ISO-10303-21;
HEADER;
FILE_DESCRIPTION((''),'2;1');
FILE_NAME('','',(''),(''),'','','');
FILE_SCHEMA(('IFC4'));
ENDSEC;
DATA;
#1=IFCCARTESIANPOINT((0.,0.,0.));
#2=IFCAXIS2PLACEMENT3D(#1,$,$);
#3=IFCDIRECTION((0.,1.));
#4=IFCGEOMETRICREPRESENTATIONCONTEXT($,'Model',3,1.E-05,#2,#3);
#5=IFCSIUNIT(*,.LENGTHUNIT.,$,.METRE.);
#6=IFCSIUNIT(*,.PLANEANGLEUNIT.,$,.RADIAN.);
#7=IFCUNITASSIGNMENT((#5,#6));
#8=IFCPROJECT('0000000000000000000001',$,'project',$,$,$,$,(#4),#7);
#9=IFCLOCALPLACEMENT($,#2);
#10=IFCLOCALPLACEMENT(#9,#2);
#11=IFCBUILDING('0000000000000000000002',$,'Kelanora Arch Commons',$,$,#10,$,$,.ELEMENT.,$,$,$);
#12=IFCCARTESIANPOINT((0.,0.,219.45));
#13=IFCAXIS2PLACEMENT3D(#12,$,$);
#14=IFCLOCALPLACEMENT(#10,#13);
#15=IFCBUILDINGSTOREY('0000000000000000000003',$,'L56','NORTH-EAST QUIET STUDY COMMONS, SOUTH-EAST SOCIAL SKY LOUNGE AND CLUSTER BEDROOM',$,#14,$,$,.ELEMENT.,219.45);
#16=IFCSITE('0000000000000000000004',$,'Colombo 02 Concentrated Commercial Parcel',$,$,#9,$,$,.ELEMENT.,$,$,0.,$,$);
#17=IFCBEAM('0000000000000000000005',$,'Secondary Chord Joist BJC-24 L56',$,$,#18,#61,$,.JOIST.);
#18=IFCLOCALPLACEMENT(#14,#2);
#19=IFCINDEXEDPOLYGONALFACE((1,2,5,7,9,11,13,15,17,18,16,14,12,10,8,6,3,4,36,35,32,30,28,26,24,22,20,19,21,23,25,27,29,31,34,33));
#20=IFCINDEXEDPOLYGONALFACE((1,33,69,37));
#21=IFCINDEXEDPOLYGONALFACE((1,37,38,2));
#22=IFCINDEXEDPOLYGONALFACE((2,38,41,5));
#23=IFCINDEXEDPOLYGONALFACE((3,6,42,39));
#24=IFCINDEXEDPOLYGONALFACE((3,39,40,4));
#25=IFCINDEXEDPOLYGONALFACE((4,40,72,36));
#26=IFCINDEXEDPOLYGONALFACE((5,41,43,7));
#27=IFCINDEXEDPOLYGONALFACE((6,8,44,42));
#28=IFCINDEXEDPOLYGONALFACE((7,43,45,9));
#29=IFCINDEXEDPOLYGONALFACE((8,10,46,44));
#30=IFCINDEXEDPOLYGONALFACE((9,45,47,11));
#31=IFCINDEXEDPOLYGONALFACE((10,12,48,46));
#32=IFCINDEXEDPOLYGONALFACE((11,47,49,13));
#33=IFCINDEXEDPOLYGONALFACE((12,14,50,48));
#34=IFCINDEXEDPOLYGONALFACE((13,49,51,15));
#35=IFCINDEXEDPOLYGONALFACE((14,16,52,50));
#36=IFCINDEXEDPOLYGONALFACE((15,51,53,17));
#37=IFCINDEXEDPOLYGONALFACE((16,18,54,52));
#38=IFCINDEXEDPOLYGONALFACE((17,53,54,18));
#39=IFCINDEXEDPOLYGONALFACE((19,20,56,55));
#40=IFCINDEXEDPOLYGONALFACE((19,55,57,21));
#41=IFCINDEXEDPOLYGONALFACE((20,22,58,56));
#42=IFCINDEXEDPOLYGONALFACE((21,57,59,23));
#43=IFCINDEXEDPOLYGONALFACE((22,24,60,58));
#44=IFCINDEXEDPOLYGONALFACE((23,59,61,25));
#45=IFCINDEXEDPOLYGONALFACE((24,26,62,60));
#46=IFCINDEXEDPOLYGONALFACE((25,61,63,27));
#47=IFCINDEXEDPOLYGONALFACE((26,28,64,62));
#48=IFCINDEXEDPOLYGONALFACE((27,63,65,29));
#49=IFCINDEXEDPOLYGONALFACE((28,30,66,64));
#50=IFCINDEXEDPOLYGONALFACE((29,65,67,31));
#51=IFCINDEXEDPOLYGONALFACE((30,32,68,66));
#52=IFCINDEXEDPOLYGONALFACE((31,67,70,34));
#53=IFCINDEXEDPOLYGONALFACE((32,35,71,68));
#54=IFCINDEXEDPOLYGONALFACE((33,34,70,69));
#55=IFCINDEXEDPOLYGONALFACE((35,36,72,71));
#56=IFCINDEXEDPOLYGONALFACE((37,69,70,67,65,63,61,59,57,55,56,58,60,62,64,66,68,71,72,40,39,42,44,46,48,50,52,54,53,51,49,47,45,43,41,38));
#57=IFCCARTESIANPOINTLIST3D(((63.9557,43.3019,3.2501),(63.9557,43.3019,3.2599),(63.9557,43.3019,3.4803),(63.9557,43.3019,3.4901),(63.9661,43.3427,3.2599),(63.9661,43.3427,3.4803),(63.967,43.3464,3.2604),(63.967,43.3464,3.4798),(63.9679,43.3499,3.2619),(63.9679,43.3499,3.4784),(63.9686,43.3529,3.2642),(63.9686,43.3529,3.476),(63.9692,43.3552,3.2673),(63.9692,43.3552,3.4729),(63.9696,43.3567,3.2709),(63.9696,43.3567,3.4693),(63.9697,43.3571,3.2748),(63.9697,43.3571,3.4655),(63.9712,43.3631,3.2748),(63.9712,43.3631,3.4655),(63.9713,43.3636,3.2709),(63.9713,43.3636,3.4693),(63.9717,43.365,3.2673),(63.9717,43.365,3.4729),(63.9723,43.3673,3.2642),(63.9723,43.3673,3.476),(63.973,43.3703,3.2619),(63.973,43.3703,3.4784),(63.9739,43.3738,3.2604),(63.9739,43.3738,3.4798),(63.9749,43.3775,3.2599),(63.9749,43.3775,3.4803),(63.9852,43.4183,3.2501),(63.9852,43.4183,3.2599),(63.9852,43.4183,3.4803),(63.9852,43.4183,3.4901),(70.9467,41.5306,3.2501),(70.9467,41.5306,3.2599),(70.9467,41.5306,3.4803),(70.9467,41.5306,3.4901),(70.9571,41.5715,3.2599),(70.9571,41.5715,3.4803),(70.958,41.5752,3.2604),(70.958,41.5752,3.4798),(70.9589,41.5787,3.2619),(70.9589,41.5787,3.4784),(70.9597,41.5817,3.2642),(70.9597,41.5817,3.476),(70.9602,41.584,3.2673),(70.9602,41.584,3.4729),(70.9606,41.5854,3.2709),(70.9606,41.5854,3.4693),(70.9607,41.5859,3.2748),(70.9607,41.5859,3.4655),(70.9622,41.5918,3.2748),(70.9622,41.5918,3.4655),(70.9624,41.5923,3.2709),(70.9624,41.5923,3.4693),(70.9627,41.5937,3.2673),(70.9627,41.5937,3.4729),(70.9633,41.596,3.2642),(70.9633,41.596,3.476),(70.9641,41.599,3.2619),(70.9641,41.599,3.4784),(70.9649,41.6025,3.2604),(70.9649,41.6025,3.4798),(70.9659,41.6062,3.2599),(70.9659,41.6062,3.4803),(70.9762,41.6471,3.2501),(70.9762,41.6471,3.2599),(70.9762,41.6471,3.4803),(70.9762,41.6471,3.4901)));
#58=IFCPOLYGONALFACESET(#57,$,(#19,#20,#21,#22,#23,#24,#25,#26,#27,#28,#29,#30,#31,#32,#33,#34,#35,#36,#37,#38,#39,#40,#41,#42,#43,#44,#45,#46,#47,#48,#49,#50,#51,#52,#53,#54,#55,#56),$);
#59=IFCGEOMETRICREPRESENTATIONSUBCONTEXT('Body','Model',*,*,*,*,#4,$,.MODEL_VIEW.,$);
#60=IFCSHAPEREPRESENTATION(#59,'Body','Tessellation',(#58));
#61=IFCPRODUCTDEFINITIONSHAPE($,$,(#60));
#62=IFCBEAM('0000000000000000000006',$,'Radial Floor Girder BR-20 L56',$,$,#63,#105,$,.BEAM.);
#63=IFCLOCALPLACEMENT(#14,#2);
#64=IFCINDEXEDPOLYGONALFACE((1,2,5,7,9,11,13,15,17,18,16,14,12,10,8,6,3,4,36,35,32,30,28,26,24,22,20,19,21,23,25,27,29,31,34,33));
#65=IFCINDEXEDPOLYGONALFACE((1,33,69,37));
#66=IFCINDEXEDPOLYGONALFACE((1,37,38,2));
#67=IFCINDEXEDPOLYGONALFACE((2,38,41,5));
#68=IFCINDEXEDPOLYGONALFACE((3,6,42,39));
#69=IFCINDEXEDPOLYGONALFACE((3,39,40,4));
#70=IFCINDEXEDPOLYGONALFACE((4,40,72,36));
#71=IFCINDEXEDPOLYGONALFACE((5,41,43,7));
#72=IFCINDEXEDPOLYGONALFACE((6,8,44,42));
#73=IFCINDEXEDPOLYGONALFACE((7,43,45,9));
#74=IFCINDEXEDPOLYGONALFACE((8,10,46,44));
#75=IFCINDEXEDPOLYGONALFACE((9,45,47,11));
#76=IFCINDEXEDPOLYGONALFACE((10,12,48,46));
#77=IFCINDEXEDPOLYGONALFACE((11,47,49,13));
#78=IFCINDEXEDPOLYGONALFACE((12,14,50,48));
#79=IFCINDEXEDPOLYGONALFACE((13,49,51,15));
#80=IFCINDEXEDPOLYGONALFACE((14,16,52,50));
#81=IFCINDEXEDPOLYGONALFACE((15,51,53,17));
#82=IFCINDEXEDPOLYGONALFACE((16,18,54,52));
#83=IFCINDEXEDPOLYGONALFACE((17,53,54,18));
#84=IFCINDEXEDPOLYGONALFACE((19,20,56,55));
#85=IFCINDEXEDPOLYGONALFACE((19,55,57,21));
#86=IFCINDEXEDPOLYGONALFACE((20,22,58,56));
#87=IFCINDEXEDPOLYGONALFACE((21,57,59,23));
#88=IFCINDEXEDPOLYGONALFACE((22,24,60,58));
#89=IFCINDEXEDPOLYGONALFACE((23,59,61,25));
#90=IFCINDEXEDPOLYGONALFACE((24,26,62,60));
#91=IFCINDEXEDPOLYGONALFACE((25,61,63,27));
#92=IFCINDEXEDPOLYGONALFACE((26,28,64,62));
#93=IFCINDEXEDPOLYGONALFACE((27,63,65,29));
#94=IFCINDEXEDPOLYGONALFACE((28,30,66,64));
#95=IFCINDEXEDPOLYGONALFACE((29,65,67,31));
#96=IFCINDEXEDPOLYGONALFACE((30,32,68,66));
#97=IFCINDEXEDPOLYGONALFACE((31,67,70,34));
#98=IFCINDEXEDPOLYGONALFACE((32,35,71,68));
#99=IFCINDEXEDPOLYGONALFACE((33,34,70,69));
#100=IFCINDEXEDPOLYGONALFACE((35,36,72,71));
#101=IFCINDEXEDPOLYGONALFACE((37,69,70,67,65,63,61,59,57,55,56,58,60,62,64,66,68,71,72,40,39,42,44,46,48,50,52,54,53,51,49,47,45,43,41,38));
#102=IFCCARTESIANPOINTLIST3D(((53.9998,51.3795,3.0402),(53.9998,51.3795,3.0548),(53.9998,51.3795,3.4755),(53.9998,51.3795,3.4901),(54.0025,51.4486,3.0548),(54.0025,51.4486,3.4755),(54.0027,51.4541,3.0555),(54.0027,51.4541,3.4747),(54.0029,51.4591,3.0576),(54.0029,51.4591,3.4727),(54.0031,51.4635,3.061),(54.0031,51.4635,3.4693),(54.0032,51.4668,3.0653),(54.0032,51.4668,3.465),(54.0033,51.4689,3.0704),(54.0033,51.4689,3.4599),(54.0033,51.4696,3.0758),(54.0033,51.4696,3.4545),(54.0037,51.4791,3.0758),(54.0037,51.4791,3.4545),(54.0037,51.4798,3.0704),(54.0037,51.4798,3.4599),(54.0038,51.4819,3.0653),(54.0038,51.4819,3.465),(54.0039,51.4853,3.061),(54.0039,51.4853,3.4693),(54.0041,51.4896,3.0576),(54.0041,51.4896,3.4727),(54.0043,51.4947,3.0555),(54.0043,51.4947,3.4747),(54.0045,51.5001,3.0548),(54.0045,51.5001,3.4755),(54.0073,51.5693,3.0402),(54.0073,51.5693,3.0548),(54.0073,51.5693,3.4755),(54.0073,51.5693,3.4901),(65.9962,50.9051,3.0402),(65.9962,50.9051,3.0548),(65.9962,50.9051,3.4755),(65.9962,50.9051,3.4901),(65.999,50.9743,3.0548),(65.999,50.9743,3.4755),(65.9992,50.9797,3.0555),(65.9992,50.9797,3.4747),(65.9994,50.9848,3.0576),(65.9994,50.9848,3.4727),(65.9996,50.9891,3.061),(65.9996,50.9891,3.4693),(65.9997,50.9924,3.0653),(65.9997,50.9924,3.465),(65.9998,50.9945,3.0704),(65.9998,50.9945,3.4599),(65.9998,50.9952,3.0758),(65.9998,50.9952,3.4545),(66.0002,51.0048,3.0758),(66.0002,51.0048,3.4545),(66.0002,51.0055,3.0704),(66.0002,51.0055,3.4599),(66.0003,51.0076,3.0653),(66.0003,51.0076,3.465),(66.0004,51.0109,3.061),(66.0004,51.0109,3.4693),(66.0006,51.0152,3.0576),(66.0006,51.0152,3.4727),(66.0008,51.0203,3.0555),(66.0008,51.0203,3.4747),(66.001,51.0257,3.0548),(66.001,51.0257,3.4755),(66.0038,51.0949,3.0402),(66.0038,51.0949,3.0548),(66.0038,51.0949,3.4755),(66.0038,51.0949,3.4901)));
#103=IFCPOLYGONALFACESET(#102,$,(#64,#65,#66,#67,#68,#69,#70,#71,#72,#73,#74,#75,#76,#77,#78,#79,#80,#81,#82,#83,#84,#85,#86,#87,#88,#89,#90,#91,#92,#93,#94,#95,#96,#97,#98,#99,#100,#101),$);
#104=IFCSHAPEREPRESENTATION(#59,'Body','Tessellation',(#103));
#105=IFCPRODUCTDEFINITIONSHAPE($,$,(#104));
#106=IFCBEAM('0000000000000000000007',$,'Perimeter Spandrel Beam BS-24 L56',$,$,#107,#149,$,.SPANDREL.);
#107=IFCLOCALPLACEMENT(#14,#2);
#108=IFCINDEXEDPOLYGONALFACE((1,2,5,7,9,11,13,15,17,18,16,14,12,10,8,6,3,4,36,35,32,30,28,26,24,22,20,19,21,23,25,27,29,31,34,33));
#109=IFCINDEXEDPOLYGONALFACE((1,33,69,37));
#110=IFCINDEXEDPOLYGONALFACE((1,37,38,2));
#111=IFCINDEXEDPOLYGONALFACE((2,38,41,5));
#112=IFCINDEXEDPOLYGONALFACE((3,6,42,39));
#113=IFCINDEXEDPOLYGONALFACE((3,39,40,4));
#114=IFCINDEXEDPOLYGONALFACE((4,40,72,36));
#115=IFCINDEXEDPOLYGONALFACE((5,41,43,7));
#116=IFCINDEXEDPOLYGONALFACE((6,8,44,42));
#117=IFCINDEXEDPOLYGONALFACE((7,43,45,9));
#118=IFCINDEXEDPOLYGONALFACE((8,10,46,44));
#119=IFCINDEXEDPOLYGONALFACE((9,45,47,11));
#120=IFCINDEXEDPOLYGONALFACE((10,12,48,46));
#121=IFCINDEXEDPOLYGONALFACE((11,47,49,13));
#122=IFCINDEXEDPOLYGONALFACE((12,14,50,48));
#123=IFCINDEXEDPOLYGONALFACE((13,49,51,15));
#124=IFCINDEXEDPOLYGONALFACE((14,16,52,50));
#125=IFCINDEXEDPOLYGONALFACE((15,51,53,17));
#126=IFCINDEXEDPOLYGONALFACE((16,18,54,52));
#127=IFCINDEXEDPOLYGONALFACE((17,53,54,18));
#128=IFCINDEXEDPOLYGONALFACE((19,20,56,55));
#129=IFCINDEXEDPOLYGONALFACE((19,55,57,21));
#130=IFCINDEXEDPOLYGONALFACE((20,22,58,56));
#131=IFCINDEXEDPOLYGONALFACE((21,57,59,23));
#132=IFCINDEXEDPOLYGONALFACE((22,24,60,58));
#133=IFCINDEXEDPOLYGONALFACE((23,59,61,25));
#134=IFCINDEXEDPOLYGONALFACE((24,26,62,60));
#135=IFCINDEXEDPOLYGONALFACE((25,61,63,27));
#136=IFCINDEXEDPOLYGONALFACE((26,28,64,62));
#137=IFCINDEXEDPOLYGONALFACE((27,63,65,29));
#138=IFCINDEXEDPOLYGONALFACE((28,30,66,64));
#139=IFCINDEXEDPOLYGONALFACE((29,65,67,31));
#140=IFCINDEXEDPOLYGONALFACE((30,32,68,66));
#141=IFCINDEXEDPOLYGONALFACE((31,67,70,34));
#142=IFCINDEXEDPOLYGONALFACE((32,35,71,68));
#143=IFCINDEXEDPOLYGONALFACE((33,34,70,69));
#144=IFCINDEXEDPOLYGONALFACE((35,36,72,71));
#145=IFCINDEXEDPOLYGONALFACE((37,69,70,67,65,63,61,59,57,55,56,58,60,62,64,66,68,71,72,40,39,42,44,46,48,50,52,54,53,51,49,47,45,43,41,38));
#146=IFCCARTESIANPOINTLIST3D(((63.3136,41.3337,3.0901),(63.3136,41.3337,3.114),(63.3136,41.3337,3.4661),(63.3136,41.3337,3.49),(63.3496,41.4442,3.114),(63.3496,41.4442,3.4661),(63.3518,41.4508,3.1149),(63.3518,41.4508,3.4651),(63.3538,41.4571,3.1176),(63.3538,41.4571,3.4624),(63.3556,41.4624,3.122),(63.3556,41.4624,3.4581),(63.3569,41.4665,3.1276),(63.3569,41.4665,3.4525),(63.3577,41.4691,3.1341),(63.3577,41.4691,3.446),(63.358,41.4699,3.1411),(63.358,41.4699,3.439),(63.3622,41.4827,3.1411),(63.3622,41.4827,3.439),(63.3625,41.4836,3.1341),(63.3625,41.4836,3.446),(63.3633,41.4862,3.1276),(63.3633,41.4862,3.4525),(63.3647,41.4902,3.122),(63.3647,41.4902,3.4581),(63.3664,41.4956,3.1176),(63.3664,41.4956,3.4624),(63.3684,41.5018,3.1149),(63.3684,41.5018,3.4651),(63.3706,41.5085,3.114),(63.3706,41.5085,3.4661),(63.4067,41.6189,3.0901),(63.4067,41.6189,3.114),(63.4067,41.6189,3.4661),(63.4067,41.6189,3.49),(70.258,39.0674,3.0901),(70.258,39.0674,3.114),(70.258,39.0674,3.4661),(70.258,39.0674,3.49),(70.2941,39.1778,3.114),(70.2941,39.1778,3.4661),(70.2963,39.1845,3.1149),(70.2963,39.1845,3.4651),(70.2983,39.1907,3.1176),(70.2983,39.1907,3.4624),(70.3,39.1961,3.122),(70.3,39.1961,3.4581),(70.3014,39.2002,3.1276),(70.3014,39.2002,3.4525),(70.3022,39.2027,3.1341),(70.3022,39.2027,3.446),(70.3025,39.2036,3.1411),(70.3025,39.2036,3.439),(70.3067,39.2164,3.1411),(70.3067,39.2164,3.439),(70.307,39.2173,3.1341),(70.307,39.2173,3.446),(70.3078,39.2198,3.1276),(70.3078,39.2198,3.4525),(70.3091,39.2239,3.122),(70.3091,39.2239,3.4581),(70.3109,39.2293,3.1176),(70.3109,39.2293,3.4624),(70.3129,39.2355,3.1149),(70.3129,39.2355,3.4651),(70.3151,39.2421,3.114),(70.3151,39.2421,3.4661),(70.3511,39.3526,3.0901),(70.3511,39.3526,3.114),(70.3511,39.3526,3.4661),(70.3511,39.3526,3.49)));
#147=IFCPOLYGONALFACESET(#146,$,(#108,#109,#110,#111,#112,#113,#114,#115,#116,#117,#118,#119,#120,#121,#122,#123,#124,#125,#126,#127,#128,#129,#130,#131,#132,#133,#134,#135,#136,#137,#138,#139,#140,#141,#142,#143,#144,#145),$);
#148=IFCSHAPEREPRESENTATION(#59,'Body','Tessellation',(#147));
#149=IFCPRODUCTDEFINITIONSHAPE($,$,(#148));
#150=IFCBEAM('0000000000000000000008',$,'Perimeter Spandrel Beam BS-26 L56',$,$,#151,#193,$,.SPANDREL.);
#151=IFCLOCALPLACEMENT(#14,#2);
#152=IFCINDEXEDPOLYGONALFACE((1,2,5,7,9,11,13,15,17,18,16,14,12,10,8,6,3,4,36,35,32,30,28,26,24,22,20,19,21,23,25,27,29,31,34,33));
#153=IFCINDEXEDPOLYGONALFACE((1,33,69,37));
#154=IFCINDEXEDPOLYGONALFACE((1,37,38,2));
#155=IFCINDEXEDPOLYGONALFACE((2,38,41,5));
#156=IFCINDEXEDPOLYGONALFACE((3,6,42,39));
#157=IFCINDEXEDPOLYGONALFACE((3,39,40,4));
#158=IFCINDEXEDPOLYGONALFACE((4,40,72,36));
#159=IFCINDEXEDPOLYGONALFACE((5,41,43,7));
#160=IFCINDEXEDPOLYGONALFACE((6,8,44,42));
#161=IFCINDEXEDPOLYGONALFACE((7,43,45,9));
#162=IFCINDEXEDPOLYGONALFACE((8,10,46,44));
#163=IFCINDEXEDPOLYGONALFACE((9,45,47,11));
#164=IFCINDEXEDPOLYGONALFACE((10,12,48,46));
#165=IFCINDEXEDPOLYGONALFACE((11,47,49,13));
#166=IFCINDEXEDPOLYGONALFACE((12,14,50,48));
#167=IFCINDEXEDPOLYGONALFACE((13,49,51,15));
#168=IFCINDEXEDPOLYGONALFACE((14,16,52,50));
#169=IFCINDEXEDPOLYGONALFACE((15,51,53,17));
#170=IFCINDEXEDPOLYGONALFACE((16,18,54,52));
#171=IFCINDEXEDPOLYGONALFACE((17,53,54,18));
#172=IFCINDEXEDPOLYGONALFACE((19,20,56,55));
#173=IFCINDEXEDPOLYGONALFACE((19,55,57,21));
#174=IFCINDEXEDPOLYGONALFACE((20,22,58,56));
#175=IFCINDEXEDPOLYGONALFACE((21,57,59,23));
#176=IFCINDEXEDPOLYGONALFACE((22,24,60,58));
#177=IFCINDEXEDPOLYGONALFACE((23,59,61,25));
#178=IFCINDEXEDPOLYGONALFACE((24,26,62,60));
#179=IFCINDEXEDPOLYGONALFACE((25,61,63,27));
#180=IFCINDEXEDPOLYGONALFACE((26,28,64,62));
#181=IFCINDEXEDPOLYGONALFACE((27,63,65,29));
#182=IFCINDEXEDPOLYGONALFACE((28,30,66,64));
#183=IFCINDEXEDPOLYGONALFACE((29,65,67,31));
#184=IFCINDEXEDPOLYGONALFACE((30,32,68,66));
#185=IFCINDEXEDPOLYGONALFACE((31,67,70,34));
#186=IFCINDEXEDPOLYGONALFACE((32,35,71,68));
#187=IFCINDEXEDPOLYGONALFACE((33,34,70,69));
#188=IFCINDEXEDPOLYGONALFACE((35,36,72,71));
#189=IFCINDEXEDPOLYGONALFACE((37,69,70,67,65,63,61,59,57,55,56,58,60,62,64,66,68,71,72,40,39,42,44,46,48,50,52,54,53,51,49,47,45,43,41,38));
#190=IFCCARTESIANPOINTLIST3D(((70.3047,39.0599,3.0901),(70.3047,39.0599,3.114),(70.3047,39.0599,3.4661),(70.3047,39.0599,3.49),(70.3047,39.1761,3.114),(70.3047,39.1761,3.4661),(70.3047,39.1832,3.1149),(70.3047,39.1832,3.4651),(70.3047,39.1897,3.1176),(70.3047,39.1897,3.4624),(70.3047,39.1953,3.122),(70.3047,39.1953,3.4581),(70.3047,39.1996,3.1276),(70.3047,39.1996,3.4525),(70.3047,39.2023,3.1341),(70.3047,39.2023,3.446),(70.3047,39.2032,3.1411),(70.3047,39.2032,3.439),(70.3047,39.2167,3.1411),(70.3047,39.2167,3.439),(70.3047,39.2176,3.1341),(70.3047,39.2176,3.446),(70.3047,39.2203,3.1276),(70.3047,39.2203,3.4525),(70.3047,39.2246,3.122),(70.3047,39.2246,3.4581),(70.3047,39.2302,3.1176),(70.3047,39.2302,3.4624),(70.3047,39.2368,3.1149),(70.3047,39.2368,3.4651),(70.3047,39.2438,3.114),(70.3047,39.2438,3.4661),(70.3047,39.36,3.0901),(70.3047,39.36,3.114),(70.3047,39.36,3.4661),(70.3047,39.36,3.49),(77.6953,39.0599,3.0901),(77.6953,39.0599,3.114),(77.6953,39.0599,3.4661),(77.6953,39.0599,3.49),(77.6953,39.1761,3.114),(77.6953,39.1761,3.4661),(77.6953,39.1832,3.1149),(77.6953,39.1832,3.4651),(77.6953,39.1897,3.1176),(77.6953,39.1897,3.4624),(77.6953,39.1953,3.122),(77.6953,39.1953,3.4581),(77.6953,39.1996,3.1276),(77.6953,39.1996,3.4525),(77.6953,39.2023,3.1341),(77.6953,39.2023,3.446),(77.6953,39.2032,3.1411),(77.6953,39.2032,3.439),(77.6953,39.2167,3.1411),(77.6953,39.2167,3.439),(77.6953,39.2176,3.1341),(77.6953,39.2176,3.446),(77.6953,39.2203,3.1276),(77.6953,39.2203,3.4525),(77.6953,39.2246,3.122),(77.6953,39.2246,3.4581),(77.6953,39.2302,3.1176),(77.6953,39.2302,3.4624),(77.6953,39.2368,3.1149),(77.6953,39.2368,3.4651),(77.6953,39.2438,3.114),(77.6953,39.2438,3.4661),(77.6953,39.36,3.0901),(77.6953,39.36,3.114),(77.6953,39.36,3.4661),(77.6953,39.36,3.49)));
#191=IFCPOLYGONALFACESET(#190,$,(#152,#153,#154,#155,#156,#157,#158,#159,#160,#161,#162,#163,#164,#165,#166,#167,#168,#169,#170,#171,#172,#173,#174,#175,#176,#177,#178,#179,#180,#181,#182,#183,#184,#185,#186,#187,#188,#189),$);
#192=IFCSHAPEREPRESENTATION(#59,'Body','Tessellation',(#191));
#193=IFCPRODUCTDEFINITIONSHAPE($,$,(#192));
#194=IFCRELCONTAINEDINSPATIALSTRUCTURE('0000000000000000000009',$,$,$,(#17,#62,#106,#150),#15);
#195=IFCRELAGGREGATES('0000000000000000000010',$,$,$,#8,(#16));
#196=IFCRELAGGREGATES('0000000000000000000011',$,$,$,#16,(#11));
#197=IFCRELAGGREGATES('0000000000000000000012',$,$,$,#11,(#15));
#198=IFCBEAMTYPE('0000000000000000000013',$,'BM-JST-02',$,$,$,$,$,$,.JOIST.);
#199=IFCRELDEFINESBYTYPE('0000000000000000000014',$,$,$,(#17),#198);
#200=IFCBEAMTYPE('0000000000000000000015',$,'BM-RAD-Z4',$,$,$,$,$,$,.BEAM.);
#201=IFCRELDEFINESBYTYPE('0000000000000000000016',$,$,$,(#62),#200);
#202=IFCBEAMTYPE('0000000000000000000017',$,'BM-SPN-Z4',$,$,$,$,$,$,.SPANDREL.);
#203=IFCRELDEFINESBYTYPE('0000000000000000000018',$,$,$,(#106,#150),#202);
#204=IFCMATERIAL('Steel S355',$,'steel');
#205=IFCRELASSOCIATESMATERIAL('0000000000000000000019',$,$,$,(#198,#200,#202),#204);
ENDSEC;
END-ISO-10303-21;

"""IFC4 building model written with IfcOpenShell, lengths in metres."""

from ifc_helpers import new_model, si_unit, direction, frame, origin, origin_2d, place, context, subcontext, project, spatial, i_section, extrude, material, material_profile, profile_set, type_object, element, save


model = new_model("IFC4")

# Units and contexts
model_context = context("Model", 3, precision=1e-05, world=origin(), true_north=direction((0.0, 1.0)))
body_context = subcontext(model_context, "Body", "Model", "MODEL_VIEW")
ifc_project = project(units=[si_unit("LENGTHUNIT", "METRE"), si_unit("PLANEANGLEUNIT", "RADIAN")], contexts=[model_context])

# Site, building, storey
site_placement = place(None, origin())
site = spatial("IfcSite", under=ifc_project, at=site_placement, Name="Colombo 02 Concentrated Commercial Parcel", CompositionType="ELEMENT", RefElevation=0.0)
building_placement = place(site_placement, origin())
building = spatial("IfcBuilding", under=site, at=building_placement, Name="Kelanora Arch Commons", CompositionType="ELEMENT")
storey_placement = place(building_placement, frame((0.0, 0.0, 219.45)))
storey = spatial("IfcBuildingStorey", under=building, at=storey_placement, Name="L56", Description="NORTH-EAST QUIET STUDY COMMONS, SOUTH-EAST SOCIAL SKY LOUNGE AND CLUSTER BEDROOM", CompositionType="ELEMENT", Elevation=219.45)

# Beams
ifc_material_1 = material(Name="Steel S355", Category="steel")
ifc_material_profile_1 = material_profile(ifc_material_1, i_section(OverallWidth=0.1201, OverallDepth=0.24, WebThickness=0.0061, FlangeThickness=0.0098, FilletRadius=0.0149, at=origin_2d()), Name="IPE240")
ifc_profile_set_1 = profile_set([ifc_material_profile_1], Name="Steel S355")
beam_type_1 = type_object("IfcBeamType", Name="BM-JST-02", PredefinedType="JOIST", material=ifc_profile_set_1)
beam_1_placement = place(storey_placement, frame((63.9705, 43.3601, 3.3701), z_axis=(0.969371, -0.245601, 0.0), x_axis=(0.245601, 0.969371, 0.0)))
element("IfcBeam", 1, at=beam_1_placement, inside=storey, type_object=beam_type_1, Name="Secondary Chord Joist BJC-24 L56", PredefinedType="JOIST", context=body_context, shape_type="SweptSolid", body=[
    extrude(i_section(OverallWidth=0.1201, OverallDepth=0.24, WebThickness=0.0061, FlangeThickness=0.0098, FilletRadius=0.0149, at=origin_2d()), origin(), (0.0, 0.0, 1.0), 7.2119),
])
ifc_material_profile_2 = material_profile(ifc_material_1, i_section(OverallWidth=0.1899, OverallDepth=0.45, WebThickness=0.0095, FlangeThickness=0.0146, FilletRadius=0.021, at=origin_2d()), Name="IPE450")
ifc_profile_set_2 = profile_set([ifc_material_profile_2], Name="Steel S355")
beam_type_2 = type_object("IfcBeamType", Name="BM-RAD-Z4", PredefinedType="BEAM", material=ifc_profile_set_2)
beam_2_placement = place(storey_placement, frame((66.0, 51.0, 3.2651), z_axis=(-0.999219, 0.039511, 0.0), x_axis=(-0.039511, -0.999219, 0.0)))
element("IfcBeam", 2, at=beam_2_placement, inside=storey, type_object=beam_type_2, Name="Radial Floor Girder BR-20 L56", PredefinedType="BEAM", context=body_context, shape_type="SweptSolid", body=[
    extrude(i_section(OverallWidth=0.1899, OverallDepth=0.45, WebThickness=0.0095, FlangeThickness=0.0146, FilletRadius=0.021, at=origin_2d()), origin(), (0.0, 0.0, 1.0), 12.0059),
])
ifc_material_profile_3 = material_profile(ifc_material_1, i_section(OverallWidth=0.3, OverallDepth=0.3999, WebThickness=0.0134, FlangeThickness=0.0239, FilletRadius=0.0271, at=origin_2d()), Name="HEB400")
ifc_profile_set_3 = profile_set([ifc_material_profile_3], Name="Steel S355")
beam_type_3 = type_object("IfcBeamType", Name="BM-SPN-Z4", PredefinedType="SPANDREL", material=ifc_profile_set_3)
beam_3_placement = place(storey_placement, frame((63.3601, 41.4763, 3.29), z_axis=(0.950656, -0.310246, 0.0), x_axis=(0.310246, 0.950656, 0.0)))
element("IfcBeam", 3, at=beam_3_placement, inside=storey, type_object=beam_type_3, Name="Perimeter Spandrel Beam BS-24 L56", PredefinedType="SPANDREL", context=body_context, shape_type="SweptSolid", body=[
    extrude(i_section(OverallWidth=0.3, OverallDepth=0.3999, WebThickness=0.0134, FlangeThickness=0.0239, FilletRadius=0.0271, at=origin_2d()), origin(), (0.0, 0.0, 1.0), 7.3049),
])
beam_4_placement = place(storey_placement, frame((70.3047, 39.21, 3.29), z_axis=(1.0, 0.0, 0.0), x_axis=(0.0, 1.0, 0.0)))
element("IfcBeam", 4, at=beam_4_placement, inside=storey, type_object=beam_type_3, Name="Perimeter Spandrel Beam BS-26 L56", PredefinedType="SPANDREL", context=body_context, shape_type="SweptSolid", body=[
    extrude(i_section(OverallWidth=0.3, OverallDepth=0.3999, WebThickness=0.0134, FlangeThickness=0.0239, FilletRadius=0.0271, at=origin_2d()), origin(), (0.0, 0.0, 1.0), 7.3906),
])

save(model, "model.ifc")
